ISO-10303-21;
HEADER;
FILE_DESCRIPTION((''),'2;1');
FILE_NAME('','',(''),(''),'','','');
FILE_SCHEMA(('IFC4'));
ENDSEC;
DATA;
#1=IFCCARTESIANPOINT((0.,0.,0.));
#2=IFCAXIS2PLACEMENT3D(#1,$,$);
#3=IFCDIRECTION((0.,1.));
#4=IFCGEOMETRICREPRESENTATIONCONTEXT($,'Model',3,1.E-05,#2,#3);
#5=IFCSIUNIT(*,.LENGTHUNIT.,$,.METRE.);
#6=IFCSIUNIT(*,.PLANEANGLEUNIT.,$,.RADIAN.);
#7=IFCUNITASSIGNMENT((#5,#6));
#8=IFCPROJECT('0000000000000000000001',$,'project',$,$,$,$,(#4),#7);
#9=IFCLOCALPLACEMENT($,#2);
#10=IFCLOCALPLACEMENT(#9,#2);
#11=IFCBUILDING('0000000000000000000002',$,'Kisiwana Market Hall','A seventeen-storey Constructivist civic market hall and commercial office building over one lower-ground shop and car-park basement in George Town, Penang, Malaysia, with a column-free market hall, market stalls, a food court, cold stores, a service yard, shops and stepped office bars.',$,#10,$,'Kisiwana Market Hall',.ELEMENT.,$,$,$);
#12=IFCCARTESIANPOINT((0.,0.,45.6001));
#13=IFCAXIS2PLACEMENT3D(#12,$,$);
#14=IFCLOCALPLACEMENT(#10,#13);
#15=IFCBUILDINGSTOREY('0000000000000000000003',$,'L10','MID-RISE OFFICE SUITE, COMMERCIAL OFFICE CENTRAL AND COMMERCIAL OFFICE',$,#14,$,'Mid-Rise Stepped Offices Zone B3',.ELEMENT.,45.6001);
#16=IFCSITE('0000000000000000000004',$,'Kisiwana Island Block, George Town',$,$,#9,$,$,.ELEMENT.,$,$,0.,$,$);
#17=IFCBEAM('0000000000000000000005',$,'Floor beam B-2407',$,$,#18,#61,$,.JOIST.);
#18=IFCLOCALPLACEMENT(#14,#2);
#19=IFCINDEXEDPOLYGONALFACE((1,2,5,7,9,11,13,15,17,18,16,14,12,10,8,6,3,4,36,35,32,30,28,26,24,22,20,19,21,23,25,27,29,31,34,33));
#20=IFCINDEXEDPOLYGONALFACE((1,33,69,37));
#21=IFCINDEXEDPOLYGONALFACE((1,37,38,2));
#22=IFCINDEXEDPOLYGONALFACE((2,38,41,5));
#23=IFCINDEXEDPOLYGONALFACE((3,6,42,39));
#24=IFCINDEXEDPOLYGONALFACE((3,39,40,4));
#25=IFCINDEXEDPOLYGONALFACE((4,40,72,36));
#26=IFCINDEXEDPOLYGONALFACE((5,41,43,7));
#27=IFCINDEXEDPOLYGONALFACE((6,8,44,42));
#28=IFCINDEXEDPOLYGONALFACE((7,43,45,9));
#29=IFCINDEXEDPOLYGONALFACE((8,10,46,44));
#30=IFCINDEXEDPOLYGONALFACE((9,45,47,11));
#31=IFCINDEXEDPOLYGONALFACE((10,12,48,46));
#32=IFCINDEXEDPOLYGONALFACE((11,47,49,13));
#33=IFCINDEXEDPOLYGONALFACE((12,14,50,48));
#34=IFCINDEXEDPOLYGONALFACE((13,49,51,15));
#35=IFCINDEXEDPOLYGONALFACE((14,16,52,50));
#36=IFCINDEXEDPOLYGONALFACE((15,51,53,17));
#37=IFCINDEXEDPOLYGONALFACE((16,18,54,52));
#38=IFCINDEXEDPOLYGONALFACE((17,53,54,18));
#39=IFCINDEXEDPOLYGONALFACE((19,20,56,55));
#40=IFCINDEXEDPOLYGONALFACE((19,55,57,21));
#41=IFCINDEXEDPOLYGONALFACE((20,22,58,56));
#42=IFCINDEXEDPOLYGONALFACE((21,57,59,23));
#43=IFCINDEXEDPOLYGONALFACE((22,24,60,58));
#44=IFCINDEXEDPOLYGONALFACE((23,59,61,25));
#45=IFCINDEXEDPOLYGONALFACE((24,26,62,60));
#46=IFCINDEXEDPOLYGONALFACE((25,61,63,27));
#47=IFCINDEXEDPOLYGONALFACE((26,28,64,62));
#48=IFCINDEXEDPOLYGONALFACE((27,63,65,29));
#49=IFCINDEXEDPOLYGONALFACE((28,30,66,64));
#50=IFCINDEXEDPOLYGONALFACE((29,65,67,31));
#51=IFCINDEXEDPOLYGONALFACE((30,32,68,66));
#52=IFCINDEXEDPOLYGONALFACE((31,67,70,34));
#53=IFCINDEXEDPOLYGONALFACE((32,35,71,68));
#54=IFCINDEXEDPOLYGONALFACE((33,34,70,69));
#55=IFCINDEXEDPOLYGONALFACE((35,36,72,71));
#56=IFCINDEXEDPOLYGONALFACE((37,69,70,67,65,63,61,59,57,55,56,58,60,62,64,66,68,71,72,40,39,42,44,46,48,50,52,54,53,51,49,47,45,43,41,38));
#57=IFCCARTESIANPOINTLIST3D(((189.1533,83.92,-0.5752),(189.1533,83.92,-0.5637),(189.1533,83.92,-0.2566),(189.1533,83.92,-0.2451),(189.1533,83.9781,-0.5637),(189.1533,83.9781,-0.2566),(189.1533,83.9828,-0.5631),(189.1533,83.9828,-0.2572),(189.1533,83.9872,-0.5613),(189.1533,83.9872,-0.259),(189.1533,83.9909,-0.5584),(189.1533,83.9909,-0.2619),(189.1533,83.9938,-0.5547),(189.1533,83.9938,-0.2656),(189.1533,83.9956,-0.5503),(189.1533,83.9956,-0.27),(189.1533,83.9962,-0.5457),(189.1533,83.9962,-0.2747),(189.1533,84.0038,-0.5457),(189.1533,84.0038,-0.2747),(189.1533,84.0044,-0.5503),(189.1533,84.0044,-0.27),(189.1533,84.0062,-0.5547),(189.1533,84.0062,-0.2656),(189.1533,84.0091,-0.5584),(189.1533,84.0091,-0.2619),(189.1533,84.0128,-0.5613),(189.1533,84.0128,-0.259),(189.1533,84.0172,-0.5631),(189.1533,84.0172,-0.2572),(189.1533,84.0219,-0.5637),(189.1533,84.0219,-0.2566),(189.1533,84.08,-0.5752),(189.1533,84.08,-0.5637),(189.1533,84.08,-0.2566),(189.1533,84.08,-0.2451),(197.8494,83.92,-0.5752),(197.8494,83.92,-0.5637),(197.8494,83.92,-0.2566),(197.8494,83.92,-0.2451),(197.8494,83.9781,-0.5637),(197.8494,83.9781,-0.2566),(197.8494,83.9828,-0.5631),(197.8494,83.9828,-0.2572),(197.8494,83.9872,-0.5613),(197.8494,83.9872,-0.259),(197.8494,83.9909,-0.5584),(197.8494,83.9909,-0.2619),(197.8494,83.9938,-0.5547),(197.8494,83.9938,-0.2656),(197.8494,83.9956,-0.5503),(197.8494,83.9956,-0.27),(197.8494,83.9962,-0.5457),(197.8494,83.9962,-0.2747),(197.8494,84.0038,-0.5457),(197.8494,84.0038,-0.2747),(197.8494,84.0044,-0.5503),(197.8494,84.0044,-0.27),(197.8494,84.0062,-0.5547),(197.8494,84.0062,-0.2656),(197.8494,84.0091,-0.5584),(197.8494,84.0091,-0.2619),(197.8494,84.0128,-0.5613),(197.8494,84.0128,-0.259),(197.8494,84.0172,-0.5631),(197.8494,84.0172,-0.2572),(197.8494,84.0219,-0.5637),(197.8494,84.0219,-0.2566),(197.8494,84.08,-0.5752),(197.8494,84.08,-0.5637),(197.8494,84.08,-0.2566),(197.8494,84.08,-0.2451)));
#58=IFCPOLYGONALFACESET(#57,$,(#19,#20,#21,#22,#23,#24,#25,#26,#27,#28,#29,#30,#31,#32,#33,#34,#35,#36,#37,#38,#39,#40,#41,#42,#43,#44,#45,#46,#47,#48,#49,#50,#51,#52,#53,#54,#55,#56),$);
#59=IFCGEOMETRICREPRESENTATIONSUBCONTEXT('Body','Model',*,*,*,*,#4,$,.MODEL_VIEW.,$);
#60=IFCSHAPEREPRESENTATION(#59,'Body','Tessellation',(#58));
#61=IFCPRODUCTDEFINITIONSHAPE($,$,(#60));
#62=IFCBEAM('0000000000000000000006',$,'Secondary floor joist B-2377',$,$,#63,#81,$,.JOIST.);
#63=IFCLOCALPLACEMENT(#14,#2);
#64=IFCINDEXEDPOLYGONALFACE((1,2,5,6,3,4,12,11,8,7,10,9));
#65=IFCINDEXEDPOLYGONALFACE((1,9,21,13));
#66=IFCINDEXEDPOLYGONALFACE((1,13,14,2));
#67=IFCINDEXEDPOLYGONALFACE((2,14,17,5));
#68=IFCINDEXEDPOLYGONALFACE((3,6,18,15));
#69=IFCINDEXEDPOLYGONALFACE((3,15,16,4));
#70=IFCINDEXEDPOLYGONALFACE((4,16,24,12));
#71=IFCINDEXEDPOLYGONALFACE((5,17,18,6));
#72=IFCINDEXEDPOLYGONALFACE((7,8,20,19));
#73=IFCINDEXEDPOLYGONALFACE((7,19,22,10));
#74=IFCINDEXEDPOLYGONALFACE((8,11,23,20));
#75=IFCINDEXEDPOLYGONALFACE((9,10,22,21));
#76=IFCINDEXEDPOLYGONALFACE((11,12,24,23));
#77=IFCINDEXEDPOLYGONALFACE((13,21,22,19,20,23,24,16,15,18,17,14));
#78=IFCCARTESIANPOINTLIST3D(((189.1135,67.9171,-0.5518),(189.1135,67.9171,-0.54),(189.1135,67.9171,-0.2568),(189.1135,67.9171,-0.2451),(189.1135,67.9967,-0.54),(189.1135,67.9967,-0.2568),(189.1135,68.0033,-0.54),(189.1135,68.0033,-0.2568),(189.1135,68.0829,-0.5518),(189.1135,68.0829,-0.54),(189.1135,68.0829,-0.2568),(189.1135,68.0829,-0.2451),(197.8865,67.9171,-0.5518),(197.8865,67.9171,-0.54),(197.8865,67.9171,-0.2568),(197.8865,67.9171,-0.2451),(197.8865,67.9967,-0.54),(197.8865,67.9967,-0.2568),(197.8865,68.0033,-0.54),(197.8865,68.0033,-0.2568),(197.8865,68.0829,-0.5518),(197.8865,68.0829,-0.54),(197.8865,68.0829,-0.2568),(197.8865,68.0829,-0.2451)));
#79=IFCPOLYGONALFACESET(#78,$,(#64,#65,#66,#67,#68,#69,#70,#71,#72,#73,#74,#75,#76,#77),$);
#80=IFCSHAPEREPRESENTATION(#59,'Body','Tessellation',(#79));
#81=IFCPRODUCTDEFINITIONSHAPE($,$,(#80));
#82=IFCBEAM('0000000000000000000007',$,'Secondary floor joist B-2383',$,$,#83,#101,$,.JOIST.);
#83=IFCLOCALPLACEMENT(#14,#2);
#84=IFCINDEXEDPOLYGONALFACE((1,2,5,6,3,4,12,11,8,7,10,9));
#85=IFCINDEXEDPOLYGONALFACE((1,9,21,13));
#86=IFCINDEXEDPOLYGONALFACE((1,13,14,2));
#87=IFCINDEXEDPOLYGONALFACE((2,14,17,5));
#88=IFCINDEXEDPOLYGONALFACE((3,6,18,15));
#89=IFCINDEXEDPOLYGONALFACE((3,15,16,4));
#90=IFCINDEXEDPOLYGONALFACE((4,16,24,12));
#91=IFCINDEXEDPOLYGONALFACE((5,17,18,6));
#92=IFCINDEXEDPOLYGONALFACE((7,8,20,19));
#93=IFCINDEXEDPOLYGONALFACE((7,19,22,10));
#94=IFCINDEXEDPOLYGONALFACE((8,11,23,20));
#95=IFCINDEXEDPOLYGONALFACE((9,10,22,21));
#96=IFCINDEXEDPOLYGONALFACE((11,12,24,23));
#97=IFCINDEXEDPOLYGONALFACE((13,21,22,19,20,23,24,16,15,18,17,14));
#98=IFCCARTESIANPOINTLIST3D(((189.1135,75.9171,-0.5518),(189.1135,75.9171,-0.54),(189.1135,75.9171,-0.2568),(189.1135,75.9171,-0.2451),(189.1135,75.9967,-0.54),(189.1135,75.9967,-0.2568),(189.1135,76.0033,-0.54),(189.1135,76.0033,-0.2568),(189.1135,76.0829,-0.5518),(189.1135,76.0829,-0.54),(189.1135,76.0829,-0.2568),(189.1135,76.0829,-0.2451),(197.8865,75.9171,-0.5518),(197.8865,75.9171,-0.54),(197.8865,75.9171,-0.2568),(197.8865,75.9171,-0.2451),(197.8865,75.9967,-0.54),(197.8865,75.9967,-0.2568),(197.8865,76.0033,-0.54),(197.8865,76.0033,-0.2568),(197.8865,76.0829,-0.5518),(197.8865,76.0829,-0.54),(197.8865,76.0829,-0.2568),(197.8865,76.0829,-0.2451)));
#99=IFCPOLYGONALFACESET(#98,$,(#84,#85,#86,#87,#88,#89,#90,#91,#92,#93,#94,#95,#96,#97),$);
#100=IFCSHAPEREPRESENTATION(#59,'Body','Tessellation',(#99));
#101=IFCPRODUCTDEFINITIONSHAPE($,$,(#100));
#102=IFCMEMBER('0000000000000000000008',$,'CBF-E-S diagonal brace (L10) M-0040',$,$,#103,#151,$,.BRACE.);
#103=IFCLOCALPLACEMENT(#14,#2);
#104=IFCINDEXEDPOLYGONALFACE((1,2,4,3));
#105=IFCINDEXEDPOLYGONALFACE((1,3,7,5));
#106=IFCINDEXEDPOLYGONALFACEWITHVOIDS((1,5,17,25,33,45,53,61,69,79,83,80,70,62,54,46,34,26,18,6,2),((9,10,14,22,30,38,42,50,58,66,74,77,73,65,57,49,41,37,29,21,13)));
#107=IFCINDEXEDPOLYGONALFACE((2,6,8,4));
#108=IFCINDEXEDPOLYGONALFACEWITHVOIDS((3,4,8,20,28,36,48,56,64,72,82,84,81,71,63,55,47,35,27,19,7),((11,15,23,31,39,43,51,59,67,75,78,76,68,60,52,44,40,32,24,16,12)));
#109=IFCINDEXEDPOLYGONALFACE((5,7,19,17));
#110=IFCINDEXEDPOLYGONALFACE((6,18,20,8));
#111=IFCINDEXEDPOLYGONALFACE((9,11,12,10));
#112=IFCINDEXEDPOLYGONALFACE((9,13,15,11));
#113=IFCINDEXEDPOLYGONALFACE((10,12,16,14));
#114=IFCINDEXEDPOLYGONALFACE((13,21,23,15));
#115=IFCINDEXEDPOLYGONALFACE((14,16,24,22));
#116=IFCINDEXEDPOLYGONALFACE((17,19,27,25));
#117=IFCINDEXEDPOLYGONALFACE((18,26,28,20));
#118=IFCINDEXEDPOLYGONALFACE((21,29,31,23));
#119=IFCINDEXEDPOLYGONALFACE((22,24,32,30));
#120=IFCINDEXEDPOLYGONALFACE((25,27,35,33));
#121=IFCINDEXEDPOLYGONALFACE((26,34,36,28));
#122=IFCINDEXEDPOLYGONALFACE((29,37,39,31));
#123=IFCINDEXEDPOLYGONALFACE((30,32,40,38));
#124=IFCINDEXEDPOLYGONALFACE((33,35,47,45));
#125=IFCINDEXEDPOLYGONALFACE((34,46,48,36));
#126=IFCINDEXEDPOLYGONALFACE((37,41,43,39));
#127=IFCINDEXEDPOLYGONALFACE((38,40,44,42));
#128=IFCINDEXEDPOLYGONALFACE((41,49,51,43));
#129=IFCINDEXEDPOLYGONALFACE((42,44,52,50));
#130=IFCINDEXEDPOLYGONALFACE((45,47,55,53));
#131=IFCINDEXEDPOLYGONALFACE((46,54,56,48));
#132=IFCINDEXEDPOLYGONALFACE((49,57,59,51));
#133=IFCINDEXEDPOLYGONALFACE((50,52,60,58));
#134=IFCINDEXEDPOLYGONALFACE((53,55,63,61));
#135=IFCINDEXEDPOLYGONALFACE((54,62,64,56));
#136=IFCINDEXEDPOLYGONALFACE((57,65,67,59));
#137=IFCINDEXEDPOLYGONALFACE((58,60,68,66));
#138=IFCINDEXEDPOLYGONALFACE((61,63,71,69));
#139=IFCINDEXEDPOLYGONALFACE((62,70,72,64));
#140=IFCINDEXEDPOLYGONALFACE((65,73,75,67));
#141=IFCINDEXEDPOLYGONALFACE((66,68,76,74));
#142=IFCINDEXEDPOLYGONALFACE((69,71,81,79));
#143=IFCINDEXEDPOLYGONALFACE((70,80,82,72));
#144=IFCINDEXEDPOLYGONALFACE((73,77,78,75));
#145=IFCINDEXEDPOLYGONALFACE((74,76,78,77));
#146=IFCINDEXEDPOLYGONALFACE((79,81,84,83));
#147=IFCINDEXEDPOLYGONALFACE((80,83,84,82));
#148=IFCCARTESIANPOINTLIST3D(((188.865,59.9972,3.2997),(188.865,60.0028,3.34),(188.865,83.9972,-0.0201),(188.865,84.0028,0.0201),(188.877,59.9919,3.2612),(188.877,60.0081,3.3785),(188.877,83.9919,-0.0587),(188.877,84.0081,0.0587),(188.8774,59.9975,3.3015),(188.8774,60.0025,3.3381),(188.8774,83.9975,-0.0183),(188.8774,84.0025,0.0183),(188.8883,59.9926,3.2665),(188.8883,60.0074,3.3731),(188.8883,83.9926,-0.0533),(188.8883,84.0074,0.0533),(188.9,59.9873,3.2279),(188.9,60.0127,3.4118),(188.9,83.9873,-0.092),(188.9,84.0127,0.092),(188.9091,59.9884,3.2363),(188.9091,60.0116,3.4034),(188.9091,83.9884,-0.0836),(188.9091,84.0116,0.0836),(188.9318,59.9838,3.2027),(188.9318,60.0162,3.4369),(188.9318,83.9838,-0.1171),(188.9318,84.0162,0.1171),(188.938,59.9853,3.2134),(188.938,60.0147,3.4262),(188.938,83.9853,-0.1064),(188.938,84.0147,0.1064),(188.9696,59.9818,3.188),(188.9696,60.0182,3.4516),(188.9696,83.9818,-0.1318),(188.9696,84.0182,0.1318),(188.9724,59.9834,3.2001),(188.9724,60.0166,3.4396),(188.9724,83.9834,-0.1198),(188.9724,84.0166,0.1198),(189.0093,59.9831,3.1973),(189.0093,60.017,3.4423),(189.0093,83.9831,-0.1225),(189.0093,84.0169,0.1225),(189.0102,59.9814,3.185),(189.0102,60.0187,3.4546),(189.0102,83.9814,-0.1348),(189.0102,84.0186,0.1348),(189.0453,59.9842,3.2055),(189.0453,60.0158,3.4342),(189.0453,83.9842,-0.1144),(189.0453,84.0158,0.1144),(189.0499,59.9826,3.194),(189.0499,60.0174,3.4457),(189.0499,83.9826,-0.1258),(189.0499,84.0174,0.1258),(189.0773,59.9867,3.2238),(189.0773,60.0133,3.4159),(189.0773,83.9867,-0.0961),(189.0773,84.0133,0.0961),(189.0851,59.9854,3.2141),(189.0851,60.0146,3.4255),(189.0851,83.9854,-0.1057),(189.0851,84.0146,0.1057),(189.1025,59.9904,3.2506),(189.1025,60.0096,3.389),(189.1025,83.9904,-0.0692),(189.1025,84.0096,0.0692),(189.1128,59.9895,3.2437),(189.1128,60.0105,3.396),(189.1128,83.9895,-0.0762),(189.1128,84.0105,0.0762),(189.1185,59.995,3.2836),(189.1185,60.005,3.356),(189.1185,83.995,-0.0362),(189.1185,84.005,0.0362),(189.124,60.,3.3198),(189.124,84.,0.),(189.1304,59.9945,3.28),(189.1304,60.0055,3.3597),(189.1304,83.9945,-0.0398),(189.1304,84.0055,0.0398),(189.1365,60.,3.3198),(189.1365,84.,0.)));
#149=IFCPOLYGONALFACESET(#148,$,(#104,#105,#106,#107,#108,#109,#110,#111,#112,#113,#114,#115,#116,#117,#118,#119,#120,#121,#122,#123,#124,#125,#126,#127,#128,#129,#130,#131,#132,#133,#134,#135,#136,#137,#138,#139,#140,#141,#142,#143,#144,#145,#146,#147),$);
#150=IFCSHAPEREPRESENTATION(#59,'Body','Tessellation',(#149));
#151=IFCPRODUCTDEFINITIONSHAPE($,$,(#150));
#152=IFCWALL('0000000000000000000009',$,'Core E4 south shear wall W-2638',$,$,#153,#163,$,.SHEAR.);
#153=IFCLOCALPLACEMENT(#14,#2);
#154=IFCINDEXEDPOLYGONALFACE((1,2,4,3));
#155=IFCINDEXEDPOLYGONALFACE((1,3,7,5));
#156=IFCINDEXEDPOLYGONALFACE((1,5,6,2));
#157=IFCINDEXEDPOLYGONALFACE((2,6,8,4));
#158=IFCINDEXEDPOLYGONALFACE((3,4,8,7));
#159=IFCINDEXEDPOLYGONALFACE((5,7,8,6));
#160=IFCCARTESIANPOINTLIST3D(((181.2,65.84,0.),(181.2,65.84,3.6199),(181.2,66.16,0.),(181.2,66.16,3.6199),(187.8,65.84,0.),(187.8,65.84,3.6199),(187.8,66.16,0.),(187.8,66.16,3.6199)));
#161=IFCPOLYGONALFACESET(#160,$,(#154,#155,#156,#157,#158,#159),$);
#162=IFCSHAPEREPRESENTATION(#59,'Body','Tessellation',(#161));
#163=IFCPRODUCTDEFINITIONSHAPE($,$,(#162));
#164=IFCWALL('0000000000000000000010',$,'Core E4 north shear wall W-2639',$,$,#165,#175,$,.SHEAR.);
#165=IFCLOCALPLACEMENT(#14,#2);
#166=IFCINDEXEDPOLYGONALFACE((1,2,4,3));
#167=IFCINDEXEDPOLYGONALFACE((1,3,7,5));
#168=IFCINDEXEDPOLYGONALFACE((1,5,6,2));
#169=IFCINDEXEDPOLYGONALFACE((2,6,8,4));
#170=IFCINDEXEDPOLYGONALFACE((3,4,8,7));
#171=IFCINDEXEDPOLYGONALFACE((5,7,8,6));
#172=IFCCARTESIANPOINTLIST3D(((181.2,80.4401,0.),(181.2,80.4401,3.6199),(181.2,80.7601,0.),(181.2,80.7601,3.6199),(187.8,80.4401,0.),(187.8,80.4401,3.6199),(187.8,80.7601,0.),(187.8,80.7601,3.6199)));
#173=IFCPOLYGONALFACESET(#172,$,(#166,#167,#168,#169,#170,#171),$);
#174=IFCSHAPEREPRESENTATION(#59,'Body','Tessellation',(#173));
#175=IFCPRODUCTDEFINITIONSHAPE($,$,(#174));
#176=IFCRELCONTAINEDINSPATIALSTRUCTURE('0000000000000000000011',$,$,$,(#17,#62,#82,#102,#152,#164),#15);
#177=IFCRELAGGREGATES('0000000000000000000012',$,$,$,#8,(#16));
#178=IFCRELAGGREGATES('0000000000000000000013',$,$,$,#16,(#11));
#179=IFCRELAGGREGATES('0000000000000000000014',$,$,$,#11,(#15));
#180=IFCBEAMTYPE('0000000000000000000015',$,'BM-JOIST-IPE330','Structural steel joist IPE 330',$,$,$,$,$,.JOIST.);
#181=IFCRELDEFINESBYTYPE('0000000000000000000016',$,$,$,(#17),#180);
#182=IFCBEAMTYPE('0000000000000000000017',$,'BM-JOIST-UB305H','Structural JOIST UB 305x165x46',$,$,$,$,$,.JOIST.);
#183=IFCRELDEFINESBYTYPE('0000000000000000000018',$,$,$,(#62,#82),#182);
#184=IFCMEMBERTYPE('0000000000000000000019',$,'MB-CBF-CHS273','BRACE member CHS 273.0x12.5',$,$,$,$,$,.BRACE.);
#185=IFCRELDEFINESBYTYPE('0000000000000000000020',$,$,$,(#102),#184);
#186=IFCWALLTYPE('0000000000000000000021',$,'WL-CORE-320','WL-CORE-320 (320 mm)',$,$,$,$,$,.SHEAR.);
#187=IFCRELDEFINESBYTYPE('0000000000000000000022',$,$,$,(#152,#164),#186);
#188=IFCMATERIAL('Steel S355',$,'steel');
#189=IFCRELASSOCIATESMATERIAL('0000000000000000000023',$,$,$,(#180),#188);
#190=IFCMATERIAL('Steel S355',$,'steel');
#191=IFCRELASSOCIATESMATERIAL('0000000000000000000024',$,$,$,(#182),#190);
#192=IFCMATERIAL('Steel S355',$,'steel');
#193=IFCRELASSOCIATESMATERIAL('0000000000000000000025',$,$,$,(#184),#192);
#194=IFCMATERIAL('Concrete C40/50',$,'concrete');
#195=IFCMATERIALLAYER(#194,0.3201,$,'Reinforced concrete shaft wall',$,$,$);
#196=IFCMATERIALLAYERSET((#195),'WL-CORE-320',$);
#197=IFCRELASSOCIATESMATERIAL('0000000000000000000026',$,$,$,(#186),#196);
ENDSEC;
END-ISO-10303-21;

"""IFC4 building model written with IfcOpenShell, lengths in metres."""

from ifc_helpers import new_model, si_unit, direction, frame, frame_2d, origin, origin_2d, place, context, subcontext, project, spatial, rectangle, hollow_circle, i_section, extrude, material, layer, layer_set, material_profile, profile_set, type_object, element, save


model = new_model("IFC4")

# Units and contexts
model_context = context("Model", 3, precision=1e-05, world=origin(), true_north=direction((0.0, 1.0)))
body_context = subcontext(model_context, "Body", "Model", "MODEL_VIEW")
ifc_project = project(units=[si_unit("LENGTHUNIT", "METRE"), si_unit("PLANEANGLEUNIT", "RADIAN")], contexts=[model_context])

# Site, building, storey
site_placement = place(None, origin())
site = spatial("IfcSite", under=ifc_project, at=site_placement, Name="Kisiwana Island Block, George Town", CompositionType="ELEMENT", RefElevation=0.0)
building_placement = place(site_placement, origin())
building = spatial("IfcBuilding", under=site, at=building_placement, Name="Kisiwana Market Hall", Description="A seventeen-storey Constructivist civic market hall and commercial office building over one lower-ground shop and car-park basement in George Town, Penang, Malaysia, with a column-free market hall, market stalls, a food court, cold stores, a service yard, shops and stepped office bars.", LongName="Kisiwana Market Hall", CompositionType="ELEMENT")
storey_placement = place(building_placement, frame((0.0, 0.0, 45.6001)))
storey = spatial("IfcBuildingStorey", under=building, at=storey_placement, Name="L10", Description="MID-RISE OFFICE SUITE, COMMERCIAL OFFICE CENTRAL AND COMMERCIAL OFFICE", LongName="Mid-Rise Stepped Offices Zone B3", CompositionType="ELEMENT", Elevation=45.6001)

# Beams
ifc_material_1 = material(Name="Steel S355", Category="steel")
ifc_material_profile_1 = material_profile(ifc_material_1, i_section(OverallWidth=0.1599, OverallDepth=0.3301, WebThickness=0.0076, FlangeThickness=0.0115, FilletRadius=0.0181, at=origin_2d()), Name="IPE 330")
ifc_profile_set_1 = profile_set([ifc_material_profile_1], Name="Steel S355")
beam_type_1 = type_object("IfcBeamType", Name="BM-JOIST-IPE330", Description="Structural steel joist IPE 330", PredefinedType="JOIST", material=ifc_profile_set_1)
beam_1_placement = place(storey_placement, frame((189.1533, 84.0, -0.4102), z_axis=(1.0, 0.0, 0.0), x_axis=(0.0, 1.0, 0.0)))
element("IfcBeam", 1, at=beam_1_placement, inside=storey, type_object=beam_type_1, Name="Floor beam B-2407", PredefinedType="JOIST", context=body_context, shape_type="SweptSolid", body=[
    extrude(i_section(OverallWidth=0.1599, OverallDepth=0.3301, WebThickness=0.0076, FlangeThickness=0.0115, FilletRadius=0.0181, at=origin_2d()), origin(), (0.0, 0.0, 1.0), 8.696),
])
ifc_material_2 = material(Name="Steel S355", Category="steel")
ifc_material_profile_2 = material_profile(ifc_material_2, i_section(OverallWidth=0.1658, OverallDepth=0.3066, WebThickness=0.0066, FlangeThickness=0.0117, at=origin_2d()), Name="UB 305x165x46")
ifc_profile_set_2 = profile_set([ifc_material_profile_2], Name="Steel S355")
beam_type_2 = type_object("IfcBeamType", Name="BM-JOIST-UB305H", Description="Structural JOIST UB 305x165x46", PredefinedType="JOIST", material=ifc_profile_set_2)
for number, where, z_axis, x_axis, name in (
    (2, (189.1135, 68.0, -0.3984), (1.0, 0.0, 0.0), (0.0, 1.0, 0.0), "Secondary floor joist B-2377"),
    (3, (189.1135, 76.0, -0.3984), (1.0, 0.0, 0.0), (0.0, 1.0, 0.0), "Secondary floor joist B-2383"),
):
    element("IfcBeam", number, at=place(storey_placement, frame(where, z_axis=z_axis, x_axis=x_axis)), inside=storey, type_object=beam_type_2, Name=name, PredefinedType="JOIST", context=body_context, shape_type="SweptSolid", body=[
        extrude(i_section(OverallWidth=0.1658, OverallDepth=0.3066, WebThickness=0.0066, FlangeThickness=0.0117, at=origin_2d()), origin(), (0.0, 0.0, 1.0), 8.7729),
    ])

# Member
ifc_material_3 = material(Name="Steel S355", Category="steel")
ifc_material_profile_3 = material_profile(ifc_material_3, hollow_circle(Radius=0.1365, WallThickness=0.0125, at=origin_2d()), Name="CHS 273.0x12.5")
ifc_profile_set_3 = profile_set([ifc_material_profile_3], Name="Steel S355")
member_type = type_object("IfcMemberType", Name="MB-CBF-CHS273", Description="BRACE member CHS 273.0x12.5", PredefinedType="BRACE", material=ifc_profile_set_3)
member_placement = place(storey_placement, frame((189.0, 84.0, 0.0), z_axis=(0.0, -0.990568, 0.137021), x_axis=(1.0, 0.0, 0.0)))
element("IfcMember", 4, at=member_placement, inside=storey, type_object=member_type, Name="CBF-E-S diagonal brace (L10) M-0040", PredefinedType="BRACE", context=body_context, shape_type="SweptSolid", body=[
    extrude(hollow_circle(Radius=0.1365, WallThickness=0.0125, at=origin_2d()), origin(), (0.0, 0.0, 1.0), 24.2285),
])

# Walls
ifc_material_4 = material(Name="Concrete C40/50", Category="concrete")
ifc_layer_1 = layer(ifc_material_4, 0.3201, Name="Reinforced concrete shaft wall")
ifc_layer_set_1 = layer_set([ifc_layer_1], Name="WL-CORE-320")
wall_type_1 = type_object("IfcWallType", Name="WL-CORE-320", Description="WL-CORE-320 (320 mm)", PredefinedType="SHEAR", material=ifc_layer_set_1)
for number, where, z_axis, x_axis, name in (
    (5, (181.2, 66.0, 0.0), (0.0, 0.0, 1.0), (1.0, 0.0, 0.0), "Core E4 south shear wall W-2638"),
    (6, (181.2, 80.6001, 0.0), (0.0, 0.0, 1.0), (1.0, 0.0, 0.0), "Core E4 north shear wall W-2639"),
):
    element("IfcWall", number, at=place(storey_placement, frame(where, z_axis=z_axis, x_axis=x_axis)), inside=storey, type_object=wall_type_1, Name=name, PredefinedType="SHEAR", context=body_context, shape_type="SweptSolid", body=[
        extrude(rectangle(XDim=6.6001, YDim=0.3201, at=frame_2d((3.3, 0.0))), origin(), (0.0, 0.0, 1.0), 3.6199),
    ])

save(model, "model.ifc")
